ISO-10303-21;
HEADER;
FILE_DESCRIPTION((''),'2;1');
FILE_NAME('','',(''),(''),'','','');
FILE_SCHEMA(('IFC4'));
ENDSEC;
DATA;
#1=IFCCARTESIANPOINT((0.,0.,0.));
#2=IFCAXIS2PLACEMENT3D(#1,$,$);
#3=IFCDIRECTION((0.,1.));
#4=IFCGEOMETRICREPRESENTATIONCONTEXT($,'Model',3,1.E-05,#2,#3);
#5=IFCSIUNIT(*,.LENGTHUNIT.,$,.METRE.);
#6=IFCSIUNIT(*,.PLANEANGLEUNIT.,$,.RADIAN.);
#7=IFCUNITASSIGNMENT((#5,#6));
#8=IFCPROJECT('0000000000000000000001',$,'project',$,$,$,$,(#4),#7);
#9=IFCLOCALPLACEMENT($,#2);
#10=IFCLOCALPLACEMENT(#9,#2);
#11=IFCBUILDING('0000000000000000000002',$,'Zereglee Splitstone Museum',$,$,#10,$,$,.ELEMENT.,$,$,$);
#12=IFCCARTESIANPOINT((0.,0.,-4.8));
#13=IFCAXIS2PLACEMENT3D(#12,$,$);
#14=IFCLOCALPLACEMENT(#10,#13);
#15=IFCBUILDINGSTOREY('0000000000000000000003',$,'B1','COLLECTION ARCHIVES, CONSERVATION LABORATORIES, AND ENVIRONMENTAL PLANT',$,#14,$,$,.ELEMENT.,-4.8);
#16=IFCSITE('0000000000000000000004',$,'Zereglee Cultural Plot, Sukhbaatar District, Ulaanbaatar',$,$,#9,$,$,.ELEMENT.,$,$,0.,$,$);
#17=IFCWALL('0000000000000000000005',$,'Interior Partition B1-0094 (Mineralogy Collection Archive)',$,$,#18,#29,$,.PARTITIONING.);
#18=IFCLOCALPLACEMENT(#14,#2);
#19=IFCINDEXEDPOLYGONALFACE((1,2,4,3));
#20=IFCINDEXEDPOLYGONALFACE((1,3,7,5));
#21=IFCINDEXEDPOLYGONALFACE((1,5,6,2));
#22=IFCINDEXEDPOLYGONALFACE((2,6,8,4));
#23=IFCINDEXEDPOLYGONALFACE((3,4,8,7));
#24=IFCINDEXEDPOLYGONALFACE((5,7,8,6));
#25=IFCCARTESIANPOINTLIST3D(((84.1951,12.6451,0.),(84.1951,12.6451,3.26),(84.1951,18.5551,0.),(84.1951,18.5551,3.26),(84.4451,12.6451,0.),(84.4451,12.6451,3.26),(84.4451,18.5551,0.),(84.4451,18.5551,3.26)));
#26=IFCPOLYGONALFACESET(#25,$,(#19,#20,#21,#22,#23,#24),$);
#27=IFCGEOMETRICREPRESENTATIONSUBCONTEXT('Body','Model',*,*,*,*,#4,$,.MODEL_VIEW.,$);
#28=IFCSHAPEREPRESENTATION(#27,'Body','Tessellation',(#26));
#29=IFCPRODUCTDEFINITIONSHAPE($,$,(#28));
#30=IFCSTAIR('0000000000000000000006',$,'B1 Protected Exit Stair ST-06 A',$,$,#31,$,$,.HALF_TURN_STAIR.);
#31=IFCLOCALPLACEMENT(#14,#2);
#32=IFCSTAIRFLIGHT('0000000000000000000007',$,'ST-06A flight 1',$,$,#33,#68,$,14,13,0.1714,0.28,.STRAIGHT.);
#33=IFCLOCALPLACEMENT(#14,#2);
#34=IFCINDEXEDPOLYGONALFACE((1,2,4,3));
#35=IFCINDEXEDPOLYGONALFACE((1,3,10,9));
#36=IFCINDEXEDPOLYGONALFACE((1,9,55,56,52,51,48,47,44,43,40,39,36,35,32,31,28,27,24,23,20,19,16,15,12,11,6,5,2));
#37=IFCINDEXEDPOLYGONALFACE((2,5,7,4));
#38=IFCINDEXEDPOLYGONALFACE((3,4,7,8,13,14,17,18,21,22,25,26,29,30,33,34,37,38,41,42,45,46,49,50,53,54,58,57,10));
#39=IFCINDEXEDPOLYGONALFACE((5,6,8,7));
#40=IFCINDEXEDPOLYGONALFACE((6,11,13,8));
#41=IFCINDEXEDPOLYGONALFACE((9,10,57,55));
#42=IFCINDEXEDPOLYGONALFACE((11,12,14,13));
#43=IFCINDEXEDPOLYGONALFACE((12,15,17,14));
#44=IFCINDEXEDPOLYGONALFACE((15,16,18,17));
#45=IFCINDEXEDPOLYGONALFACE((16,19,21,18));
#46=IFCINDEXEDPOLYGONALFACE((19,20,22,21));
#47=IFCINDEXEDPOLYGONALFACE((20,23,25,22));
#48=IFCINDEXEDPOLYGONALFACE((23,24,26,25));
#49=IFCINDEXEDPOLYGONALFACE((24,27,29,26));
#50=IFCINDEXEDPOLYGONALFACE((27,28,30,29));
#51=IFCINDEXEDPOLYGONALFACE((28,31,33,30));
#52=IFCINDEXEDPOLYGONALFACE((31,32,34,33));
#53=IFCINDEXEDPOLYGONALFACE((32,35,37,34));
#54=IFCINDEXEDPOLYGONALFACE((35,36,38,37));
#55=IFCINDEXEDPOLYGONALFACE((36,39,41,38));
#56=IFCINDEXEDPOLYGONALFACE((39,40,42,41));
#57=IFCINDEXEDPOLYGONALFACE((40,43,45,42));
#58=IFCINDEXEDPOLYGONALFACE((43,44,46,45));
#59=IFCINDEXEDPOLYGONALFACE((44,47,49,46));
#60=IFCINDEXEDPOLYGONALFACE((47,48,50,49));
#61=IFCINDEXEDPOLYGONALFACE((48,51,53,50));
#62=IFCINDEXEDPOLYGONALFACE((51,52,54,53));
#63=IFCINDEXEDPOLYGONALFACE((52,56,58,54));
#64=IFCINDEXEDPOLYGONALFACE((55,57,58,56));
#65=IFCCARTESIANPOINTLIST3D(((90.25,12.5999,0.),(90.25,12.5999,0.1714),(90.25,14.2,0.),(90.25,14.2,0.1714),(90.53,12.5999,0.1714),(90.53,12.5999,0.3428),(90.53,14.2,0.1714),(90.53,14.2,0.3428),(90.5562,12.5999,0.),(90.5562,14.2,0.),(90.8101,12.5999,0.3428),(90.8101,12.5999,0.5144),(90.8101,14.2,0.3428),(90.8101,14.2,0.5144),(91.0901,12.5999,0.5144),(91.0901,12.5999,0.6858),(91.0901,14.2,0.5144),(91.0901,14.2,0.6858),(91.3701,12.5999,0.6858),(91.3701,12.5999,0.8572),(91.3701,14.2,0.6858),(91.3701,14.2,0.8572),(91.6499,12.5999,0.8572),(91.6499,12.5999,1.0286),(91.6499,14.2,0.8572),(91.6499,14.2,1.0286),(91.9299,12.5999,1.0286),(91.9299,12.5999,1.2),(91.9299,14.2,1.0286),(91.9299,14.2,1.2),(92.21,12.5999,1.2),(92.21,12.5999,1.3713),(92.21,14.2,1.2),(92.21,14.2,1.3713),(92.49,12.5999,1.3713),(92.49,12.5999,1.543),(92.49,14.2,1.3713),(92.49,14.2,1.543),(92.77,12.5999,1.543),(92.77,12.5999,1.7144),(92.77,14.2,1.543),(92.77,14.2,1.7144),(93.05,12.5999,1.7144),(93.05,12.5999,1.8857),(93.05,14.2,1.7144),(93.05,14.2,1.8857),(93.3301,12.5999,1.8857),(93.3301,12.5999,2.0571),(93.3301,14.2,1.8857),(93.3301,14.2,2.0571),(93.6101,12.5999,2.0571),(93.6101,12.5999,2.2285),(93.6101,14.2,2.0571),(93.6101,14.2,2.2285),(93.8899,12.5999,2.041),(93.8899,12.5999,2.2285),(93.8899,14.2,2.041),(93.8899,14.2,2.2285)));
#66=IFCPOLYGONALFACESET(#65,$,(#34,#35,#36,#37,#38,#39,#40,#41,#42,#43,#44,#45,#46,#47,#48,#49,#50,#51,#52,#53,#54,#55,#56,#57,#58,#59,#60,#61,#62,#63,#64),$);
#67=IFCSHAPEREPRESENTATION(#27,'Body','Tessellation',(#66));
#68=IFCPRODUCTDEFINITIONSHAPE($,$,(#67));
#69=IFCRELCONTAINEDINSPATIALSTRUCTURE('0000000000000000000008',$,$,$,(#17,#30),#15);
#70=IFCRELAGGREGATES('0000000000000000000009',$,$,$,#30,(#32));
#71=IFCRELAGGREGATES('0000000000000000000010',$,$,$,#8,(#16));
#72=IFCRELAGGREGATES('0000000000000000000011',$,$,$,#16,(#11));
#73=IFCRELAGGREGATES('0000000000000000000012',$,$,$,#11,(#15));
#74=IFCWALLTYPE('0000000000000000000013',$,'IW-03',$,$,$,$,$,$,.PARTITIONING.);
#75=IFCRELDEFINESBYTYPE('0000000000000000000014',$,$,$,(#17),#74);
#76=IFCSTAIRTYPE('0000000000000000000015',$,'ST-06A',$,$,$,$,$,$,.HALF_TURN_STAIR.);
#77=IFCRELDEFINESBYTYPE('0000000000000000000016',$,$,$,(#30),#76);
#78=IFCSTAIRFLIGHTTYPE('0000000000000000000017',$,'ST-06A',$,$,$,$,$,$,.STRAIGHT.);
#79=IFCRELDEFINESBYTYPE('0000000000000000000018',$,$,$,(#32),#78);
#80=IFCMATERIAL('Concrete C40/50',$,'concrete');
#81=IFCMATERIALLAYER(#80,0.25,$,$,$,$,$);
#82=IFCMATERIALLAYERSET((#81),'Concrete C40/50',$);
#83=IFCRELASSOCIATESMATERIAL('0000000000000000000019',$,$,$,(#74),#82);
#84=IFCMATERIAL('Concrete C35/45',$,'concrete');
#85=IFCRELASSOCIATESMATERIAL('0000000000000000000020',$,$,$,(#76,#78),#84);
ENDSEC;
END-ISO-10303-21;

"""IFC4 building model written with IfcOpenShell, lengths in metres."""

from ifc_helpers import new_model, si_unit, direction, frame, frame_2d, origin, place, context, subcontext, project, spatial, polyline, rectangle, outline, extrude, material, layer, layer_set, type_object, element, aggregate, save


model = new_model("IFC4")

# Units and contexts
model_context = context("Model", 3, precision=1e-05, world=origin(), true_north=direction((0.0, 1.0)))
body_context = subcontext(model_context, "Body", "Model", "MODEL_VIEW")
ifc_project = project(units=[si_unit("LENGTHUNIT", "METRE"), si_unit("PLANEANGLEUNIT", "RADIAN")], contexts=[model_context])

# Site, building, storey
site_placement = place(None, origin())
site = spatial("IfcSite", under=ifc_project, at=site_placement, Name="Zereglee Cultural Plot, Sukhbaatar District, Ulaanbaatar", CompositionType="ELEMENT", RefElevation=0.0)
building_placement = place(site_placement, origin())
building = spatial("IfcBuilding", under=site, at=building_placement, Name="Zereglee Splitstone Museum", CompositionType="ELEMENT")
storey_placement = place(building_placement, frame((0.0, 0.0, -4.8)))
storey = spatial("IfcBuildingStorey", under=building, at=storey_placement, Name="B1", Description="COLLECTION ARCHIVES, CONSERVATION LABORATORIES, AND ENVIRONMENTAL PLANT", CompositionType="ELEMENT", Elevation=-4.8)

# Shared definitions
ifc_material_1 = material(Name="Concrete C40/50", Category="concrete")

# Wall
ifc_layer_1 = layer(ifc_material_1, 0.25)
ifc_layer_set_1 = layer_set([ifc_layer_1], Name="Concrete C40/50")
wall_type_1 = type_object("IfcWallType", Name="IW-03", PredefinedType="PARTITIONING", material=ifc_layer_set_1)
wall_1_placement = place(storey_placement, frame((84.3201, 12.645, 0.0), z_axis=(0.0, 0.0, 1.0), x_axis=(0.0, 1.0, 0.0)))
element("IfcWall", 1, at=wall_1_placement, inside=storey, type_object=wall_type_1, Name="Interior Partition B1-0094 (Mineralogy Collection Archive)", PredefinedType="PARTITIONING", context=body_context, shape_type="SweptSolid", body=[
    extrude(rectangle(XDim=5.9099, YDim=0.25, at=frame_2d((2.9551, 0.0))), origin(), (0.0, 0.0, 1.0), 3.26),
])

# Stair, stair flight
ifc_material_2 = material(Name="Concrete C35/45", Category="concrete")
stair_type = type_object("IfcStairType", Name="ST-06A", PredefinedType="HALF_TURN_STAIR", material=ifc_material_2)
stair_placement = place(storey_placement, origin())
stair = element("IfcStair", 2, at=stair_placement, inside=storey, type_object=stair_type, Name="B1 Protected Exit Stair ST-06 A", PredefinedType="HALF_TURN_STAIR")
stair_flight_type = type_object("IfcStairFlightType", Name="ST-06A", PredefinedType="STRAIGHT", material=ifc_material_2)
stair_flight_placement = place(storey_placement, frame((90.25, 13.3999, 0.0), z_axis=(0.0, 0.0, 1.0), x_axis=(1.0, 0.0, 0.0)))
stair_flight = element("IfcStairFlight", 3, at=stair_flight_placement, type_object=stair_flight_type, Name="ST-06A flight 1", NumberOfRisers=14, NumberOfTreads=13, PredefinedType="STRAIGHT", RiserHeight=0.1714, TreadLength=0.28, context=body_context, shape_type="SweptSolid", body=[
    extrude(outline(polyline([(0.0, 0.0), (0.0, 0.1714), (0.28, 0.1714), (0.28, 0.3428), (0.5601, 0.3428), (0.5601, 0.5144), (0.8401, 0.5144), (0.8401, 0.6858), (1.1201, 0.6858), (1.1201, 0.8572), (1.3999, 0.8572), (1.3999, 1.0286), (1.6799, 1.0286), (1.6799, 1.2), (1.96, 1.2), (1.96, 1.3713), (2.24, 1.3713), (2.24, 1.543), (2.52, 1.543), (2.52, 1.7144), (2.8, 1.7144), (2.8, 1.8857), (3.0801, 1.8857), (3.0801, 2.0571), (3.3601, 2.0571), (3.3601, 2.2285), (3.6399, 2.2285), (3.6399, 2.3999), (3.6399, 2.041), (0.3062, 0.0), (0.0, 0.0)])), frame((0.0, 0.8, 0.0), z_axis=(0.0, -1.0, 0.0), x_axis=(1.0, 0.0, 0.0)), (0.0, 0.0, 1.0), 1.6001),
])
aggregate(stair, [stair_flight])

save(model, "model.ifc")
